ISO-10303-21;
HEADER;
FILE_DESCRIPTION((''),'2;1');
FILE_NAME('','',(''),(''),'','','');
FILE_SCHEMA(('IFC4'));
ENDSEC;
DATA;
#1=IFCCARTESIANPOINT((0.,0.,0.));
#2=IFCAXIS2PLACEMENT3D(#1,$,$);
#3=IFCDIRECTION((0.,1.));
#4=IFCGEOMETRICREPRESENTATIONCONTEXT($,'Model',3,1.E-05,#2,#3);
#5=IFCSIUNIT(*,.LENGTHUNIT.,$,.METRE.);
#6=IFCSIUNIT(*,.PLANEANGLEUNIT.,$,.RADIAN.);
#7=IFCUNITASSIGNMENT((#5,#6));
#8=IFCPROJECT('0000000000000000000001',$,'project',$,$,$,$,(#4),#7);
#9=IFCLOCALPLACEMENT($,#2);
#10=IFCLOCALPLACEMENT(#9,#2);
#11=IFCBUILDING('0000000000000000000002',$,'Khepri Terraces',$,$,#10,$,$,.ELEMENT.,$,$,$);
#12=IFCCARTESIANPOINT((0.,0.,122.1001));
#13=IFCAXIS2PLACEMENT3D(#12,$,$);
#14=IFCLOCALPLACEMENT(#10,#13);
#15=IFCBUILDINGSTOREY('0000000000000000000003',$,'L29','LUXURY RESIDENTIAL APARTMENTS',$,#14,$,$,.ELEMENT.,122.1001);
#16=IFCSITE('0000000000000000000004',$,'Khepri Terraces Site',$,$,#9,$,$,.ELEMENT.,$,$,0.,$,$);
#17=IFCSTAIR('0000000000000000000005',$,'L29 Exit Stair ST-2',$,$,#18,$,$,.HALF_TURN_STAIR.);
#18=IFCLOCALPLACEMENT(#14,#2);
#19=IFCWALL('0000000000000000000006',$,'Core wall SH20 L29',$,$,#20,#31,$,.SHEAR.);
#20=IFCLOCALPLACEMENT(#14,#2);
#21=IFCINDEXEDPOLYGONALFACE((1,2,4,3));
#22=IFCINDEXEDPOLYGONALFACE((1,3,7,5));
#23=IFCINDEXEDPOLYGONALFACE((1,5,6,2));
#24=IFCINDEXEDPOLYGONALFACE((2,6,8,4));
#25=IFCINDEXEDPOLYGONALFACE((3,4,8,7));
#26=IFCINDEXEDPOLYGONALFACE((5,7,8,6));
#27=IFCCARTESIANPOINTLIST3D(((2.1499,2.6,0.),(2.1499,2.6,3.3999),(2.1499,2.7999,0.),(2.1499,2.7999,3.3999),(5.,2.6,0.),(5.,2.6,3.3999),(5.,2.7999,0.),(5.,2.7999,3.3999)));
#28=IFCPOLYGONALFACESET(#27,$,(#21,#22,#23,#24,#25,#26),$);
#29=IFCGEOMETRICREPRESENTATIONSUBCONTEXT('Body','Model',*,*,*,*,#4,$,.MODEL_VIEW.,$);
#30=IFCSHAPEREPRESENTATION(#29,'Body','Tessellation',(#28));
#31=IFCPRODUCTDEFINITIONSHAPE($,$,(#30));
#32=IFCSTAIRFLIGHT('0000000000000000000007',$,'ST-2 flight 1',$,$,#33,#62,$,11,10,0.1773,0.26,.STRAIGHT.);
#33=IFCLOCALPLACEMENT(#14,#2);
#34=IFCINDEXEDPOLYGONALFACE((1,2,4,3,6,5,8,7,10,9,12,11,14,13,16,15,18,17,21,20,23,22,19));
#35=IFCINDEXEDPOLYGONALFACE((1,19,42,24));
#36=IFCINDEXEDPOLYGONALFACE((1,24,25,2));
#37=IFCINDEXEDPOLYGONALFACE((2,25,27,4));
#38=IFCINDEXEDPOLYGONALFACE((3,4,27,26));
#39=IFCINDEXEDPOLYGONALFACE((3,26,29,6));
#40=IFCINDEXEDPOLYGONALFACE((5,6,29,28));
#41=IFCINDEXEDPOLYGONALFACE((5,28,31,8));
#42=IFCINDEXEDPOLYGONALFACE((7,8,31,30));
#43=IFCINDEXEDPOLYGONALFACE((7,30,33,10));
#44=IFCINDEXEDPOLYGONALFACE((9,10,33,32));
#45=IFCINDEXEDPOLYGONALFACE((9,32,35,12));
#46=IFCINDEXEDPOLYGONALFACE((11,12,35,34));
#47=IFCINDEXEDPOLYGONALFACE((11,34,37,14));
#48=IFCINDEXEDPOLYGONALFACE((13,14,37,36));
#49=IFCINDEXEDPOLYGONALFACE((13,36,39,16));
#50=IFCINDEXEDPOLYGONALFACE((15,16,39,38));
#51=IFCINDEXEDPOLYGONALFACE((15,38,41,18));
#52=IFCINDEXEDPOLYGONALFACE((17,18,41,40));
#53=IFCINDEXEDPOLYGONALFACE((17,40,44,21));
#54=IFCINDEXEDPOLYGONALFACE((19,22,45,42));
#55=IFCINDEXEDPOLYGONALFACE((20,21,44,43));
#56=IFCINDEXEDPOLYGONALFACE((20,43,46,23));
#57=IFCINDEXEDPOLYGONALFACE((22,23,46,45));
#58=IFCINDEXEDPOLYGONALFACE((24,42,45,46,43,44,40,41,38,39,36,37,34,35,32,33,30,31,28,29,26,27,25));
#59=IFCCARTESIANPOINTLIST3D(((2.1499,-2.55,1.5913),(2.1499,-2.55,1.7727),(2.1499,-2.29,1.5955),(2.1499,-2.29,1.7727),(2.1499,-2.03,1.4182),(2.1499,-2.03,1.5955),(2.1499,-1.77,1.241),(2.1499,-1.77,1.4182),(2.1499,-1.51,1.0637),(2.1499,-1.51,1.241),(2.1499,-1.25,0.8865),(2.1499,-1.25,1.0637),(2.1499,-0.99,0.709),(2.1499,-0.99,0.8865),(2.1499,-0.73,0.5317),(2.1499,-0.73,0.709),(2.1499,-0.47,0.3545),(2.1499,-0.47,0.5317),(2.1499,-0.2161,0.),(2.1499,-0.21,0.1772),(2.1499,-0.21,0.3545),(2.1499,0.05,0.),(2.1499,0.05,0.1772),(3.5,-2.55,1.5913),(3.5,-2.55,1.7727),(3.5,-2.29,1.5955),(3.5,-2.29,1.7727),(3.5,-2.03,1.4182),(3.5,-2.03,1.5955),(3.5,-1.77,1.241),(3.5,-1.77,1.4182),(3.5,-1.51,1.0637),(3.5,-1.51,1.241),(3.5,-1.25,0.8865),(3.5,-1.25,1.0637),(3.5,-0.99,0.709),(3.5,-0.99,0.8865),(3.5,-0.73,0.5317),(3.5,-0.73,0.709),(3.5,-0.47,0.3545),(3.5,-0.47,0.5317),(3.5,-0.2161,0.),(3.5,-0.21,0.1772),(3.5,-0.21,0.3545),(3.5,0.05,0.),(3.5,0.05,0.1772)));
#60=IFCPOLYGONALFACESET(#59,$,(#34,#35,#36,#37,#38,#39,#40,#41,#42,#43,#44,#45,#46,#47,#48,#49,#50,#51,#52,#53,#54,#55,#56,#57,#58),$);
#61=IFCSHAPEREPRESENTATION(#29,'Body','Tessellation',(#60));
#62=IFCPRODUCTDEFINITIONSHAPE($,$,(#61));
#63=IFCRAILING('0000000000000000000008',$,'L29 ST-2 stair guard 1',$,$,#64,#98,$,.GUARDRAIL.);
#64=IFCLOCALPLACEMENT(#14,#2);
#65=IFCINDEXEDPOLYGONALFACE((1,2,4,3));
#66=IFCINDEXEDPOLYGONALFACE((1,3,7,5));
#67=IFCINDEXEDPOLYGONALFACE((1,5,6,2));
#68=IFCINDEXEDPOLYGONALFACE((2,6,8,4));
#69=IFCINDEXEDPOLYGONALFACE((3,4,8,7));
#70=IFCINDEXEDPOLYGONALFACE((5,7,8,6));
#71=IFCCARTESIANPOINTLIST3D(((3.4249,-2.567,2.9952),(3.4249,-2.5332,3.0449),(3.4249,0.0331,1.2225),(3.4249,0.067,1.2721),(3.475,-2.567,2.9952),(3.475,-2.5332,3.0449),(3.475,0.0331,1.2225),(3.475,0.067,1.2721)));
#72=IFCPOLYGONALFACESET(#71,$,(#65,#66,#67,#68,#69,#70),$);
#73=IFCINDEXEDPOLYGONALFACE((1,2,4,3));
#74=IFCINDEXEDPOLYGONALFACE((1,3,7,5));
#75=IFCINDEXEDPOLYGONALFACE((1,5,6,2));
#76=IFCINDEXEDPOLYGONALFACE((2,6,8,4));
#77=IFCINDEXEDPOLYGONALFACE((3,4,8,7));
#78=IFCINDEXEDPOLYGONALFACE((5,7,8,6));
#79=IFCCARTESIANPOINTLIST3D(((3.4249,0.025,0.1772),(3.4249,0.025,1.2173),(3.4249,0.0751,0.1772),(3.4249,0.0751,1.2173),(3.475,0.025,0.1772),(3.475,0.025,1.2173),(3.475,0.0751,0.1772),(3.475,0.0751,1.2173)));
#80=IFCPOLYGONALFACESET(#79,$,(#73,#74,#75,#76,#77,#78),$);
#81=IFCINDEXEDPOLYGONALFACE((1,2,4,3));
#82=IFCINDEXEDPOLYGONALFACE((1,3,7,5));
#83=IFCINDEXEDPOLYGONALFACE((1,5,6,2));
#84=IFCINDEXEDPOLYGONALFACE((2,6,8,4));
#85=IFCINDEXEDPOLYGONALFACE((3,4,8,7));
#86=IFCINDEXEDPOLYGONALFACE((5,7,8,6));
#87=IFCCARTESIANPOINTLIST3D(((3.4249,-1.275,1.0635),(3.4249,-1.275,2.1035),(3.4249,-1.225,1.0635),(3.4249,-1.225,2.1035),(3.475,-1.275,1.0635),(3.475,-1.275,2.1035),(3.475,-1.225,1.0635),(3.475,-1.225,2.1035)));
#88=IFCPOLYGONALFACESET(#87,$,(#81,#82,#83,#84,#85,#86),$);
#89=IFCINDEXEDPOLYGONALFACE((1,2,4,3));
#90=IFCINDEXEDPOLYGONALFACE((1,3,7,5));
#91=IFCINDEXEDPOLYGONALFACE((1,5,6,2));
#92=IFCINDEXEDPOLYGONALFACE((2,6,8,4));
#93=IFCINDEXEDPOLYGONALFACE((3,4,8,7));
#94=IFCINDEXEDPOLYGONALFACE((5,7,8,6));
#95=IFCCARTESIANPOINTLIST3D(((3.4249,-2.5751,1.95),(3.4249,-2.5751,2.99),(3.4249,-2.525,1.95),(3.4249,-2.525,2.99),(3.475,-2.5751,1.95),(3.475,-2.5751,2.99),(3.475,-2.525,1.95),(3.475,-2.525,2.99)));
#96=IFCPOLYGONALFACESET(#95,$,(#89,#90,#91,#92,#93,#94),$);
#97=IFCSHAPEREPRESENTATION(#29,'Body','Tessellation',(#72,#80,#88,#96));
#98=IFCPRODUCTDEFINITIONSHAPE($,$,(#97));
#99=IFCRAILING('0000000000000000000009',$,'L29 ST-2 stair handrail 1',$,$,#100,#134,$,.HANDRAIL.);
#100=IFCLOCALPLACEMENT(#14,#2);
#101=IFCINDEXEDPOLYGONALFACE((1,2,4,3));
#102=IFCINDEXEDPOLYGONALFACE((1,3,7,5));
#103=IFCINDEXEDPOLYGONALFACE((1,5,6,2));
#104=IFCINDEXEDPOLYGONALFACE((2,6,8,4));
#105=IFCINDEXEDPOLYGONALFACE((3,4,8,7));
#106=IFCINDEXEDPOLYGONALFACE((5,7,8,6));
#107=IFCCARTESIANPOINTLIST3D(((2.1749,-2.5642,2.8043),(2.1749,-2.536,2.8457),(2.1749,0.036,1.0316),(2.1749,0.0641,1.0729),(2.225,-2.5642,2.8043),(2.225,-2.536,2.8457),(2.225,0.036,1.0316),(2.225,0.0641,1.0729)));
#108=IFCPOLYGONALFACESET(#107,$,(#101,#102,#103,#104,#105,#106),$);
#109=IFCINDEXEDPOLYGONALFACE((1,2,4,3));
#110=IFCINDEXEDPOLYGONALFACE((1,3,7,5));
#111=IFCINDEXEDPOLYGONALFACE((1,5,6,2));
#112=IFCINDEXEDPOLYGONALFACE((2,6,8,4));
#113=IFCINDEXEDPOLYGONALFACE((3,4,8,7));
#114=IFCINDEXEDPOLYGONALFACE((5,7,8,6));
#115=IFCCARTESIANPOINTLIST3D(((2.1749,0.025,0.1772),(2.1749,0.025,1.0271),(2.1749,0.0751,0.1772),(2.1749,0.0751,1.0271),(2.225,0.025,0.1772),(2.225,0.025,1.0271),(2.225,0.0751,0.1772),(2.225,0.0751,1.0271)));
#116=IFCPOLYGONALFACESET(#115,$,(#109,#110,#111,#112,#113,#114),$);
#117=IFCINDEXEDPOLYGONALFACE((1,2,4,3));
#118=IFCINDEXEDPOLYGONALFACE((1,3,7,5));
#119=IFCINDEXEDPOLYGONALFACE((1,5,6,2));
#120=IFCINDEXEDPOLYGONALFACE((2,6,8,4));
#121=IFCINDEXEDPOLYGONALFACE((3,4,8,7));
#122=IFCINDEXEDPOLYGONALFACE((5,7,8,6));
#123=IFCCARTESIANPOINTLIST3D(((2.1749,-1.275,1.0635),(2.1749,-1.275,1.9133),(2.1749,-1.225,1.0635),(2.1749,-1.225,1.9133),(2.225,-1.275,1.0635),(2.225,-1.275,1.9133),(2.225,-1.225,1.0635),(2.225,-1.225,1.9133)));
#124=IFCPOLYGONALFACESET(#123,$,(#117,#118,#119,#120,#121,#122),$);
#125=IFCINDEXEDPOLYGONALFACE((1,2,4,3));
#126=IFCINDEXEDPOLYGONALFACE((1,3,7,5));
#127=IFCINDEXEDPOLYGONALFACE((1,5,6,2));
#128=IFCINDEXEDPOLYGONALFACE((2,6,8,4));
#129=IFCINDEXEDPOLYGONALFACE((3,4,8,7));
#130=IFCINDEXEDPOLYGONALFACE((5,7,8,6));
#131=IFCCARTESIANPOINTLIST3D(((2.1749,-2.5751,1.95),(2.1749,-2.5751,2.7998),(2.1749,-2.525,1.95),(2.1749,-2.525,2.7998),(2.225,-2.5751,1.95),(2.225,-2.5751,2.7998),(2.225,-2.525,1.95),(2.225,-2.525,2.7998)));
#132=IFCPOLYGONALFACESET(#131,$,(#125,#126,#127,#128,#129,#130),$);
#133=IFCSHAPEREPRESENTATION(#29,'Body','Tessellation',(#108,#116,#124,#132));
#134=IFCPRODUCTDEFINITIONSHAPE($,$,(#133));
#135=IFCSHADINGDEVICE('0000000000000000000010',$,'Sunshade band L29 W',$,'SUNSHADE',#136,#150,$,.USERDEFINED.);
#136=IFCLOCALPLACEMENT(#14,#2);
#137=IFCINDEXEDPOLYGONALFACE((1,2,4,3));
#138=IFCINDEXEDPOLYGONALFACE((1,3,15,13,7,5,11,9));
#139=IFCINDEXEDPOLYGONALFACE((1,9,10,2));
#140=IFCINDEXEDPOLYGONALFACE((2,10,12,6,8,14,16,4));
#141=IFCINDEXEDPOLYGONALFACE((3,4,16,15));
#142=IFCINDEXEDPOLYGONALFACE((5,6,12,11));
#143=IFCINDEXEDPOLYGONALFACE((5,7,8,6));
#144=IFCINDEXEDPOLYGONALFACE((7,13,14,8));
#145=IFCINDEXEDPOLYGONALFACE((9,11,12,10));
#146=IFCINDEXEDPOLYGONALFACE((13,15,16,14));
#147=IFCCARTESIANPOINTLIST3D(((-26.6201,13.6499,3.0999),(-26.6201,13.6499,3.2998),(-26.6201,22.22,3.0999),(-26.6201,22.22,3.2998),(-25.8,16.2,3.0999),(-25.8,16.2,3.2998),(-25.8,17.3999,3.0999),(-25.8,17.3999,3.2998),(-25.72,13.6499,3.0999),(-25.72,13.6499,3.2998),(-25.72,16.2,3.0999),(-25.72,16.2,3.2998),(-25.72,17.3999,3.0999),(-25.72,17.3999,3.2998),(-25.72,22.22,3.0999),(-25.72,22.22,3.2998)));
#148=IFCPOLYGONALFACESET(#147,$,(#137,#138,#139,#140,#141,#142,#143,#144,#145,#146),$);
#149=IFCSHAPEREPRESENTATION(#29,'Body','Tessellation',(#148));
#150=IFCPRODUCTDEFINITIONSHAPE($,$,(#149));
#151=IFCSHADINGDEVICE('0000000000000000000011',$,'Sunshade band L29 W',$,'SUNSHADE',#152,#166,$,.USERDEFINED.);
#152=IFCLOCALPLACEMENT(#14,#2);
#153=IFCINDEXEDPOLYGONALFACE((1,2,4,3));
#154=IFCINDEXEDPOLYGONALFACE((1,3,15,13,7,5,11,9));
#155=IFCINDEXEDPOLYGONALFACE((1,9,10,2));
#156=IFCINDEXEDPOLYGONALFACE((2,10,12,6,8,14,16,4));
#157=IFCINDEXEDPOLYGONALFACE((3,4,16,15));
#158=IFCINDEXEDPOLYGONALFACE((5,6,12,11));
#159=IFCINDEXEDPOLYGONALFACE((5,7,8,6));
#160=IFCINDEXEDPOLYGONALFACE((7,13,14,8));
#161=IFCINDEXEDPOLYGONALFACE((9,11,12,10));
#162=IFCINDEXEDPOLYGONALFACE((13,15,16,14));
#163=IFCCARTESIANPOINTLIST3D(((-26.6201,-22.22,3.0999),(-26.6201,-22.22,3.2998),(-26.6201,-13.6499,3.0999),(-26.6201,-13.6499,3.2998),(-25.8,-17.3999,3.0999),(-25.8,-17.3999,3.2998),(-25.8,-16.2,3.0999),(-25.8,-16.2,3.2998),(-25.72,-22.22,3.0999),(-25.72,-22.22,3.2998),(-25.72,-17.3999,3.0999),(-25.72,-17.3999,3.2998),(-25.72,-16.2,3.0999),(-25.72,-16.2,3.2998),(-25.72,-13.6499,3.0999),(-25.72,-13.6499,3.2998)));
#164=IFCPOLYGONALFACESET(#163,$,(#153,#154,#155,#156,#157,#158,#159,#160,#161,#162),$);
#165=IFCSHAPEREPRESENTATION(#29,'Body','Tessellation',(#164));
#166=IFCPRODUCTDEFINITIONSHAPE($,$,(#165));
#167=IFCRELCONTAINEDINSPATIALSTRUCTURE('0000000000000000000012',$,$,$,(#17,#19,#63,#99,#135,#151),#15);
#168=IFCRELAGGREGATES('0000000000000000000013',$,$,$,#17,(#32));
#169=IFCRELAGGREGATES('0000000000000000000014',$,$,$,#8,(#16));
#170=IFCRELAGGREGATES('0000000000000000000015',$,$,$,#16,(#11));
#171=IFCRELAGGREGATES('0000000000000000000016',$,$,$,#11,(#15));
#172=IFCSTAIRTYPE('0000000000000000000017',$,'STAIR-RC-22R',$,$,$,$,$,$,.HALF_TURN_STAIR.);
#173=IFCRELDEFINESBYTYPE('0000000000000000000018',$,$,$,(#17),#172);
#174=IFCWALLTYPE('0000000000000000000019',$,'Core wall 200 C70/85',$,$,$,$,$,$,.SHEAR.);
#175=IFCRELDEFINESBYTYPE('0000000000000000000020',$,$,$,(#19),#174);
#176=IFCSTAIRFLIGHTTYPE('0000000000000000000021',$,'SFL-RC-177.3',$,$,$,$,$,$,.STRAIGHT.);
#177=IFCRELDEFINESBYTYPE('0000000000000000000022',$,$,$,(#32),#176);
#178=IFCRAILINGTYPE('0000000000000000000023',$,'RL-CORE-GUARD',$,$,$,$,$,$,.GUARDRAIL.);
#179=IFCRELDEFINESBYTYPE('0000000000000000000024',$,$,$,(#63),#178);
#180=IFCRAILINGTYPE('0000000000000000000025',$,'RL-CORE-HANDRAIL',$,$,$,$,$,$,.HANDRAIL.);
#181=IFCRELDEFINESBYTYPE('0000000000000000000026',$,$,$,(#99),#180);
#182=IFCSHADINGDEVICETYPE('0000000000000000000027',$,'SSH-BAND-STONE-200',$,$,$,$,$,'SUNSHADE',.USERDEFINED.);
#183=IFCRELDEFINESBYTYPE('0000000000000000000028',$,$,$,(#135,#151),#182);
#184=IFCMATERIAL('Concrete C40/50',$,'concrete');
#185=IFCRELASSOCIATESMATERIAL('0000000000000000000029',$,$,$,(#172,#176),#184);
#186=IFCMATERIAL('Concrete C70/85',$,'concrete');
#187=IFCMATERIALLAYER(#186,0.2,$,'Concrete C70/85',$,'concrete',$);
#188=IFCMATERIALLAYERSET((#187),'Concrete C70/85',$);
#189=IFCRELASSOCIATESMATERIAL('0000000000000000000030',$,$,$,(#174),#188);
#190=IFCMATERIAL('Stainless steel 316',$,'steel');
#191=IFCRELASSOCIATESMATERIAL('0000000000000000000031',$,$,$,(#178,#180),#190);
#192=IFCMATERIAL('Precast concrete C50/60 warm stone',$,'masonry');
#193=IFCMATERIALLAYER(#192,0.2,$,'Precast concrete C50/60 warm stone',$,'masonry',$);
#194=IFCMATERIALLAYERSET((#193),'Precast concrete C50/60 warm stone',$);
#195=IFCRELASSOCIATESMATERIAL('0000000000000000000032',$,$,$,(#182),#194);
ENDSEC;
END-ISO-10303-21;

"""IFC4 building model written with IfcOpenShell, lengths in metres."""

from ifc_helpers import new_model, si_unit, direction, frame, frame_2d, origin, origin_2d, place, context, subcontext, project, spatial, polyline, rectangle, outline, extrude, material, layer, layer_set, type_object, element, aggregate, save


model = new_model("IFC4")

# Units and contexts
model_context = context("Model", 3, precision=1e-05, world=origin(), true_north=direction((0.0, 1.0)))
body_context = subcontext(model_context, "Body", "Model", "MODEL_VIEW")
ifc_project = project(units=[si_unit("LENGTHUNIT", "METRE"), si_unit("PLANEANGLEUNIT", "RADIAN")], contexts=[model_context])

# Site, building, storey
site_placement = place(None, origin())
site = spatial("IfcSite", under=ifc_project, at=site_placement, Name="Khepri Terraces Site", CompositionType="ELEMENT", RefElevation=0.0)
building_placement = place(site_placement, origin())
building = spatial("IfcBuilding", under=site, at=building_placement, Name="Khepri Terraces", CompositionType="ELEMENT")
storey_placement = place(building_placement, frame((0.0, 0.0, 122.1001)))
storey = spatial("IfcBuildingStorey", under=building, at=storey_placement, Name="L29", Description="LUXURY RESIDENTIAL APARTMENTS", CompositionType="ELEMENT", Elevation=122.1001)

# Stair
ifc_material_1 = material(Name="Concrete C40/50", Category="concrete")
stair_type = type_object("IfcStairType", Name="STAIR-RC-22R", PredefinedType="HALF_TURN_STAIR", material=ifc_material_1)
stair_1_placement = place(storey_placement, origin())
stair_1 = element("IfcStair", 1, at=stair_1_placement, inside=storey, type_object=stair_type, Name="L29 Exit Stair ST-2", PredefinedType="HALF_TURN_STAIR")

# Shared definitions
ifc_material_2 = material(Name="Concrete C70/85", Category="concrete")
ifc_layer_1 = layer(ifc_material_2, 0.2, Name="Concrete C70/85", Category="concrete")
ifc_layer_set_1 = layer_set([ifc_layer_1], Name="Concrete C70/85")
wall_type = type_object("IfcWallType", Name="Core wall 200 C70/85", PredefinedType="SHEAR", material=ifc_layer_set_1)

# Wall
wall_1_placement = place(storey_placement, frame((2.1499, 2.7, 0.0), z_axis=(0.0, 0.0, 1.0), x_axis=(1.0, 0.0, 0.0)))
element("IfcWall", 2, at=wall_1_placement, inside=storey, type_object=wall_type, Name="Core wall SH20 L29", PredefinedType="SHEAR", context=body_context, shape_type="SweptSolid", body=[
    extrude(rectangle(XDim=2.8501, YDim=0.2, at=frame_2d((1.425, 0.0))), origin(), (0.0, 0.0, 1.0), 3.3999),
])

# Stair flight
stair_flight_type = type_object("IfcStairFlightType", Name="SFL-RC-177.3", PredefinedType="STRAIGHT", material=ifc_material_1)
stair_flight_placement = place(storey_placement, frame((2.825, 0.05, 0.0), z_axis=(0.0, 0.0, 1.0), x_axis=(0.0, -1.0, 0.0)))
stair_flight = element("IfcStairFlight", 3, at=stair_flight_placement, type_object=stair_flight_type, Name="ST-2 flight 1", NumberOfRisers=11, NumberOfTreads=10, PredefinedType="STRAIGHT", RiserHeight=0.1773, TreadLength=0.26, context=body_context, shape_type="SweptSolid", body=[
    extrude(outline(polyline([(0.0, 0.0), (0.0, 0.1772), (0.26, 0.1772), (0.26, 0.3545), (0.52, 0.3545), (0.52, 0.5317), (0.78, 0.5317), (0.78, 0.709), (1.04, 0.709), (1.04, 0.8865), (1.3, 0.8865), (1.3, 1.0637), (1.5601, 1.0637), (1.5601, 1.241), (1.8201, 1.241), (1.8201, 1.4182), (2.0801, 1.4182), (2.0801, 1.5955), (2.3401, 1.5955), (2.3401, 1.7727), (2.6001, 1.7727), (2.6001, 1.95), (2.6001, 1.5913), (0.2661, 0.0), (0.0, 0.0)])), frame((0.0, 0.675, 0.0), z_axis=(0.0, -1.0, 0.0), x_axis=(1.0, 0.0, 0.0)), (0.0, 0.0, 1.0), 1.3501),
])
aggregate(stair_1, [stair_flight])

# Railings
ifc_material_3 = material(Name="Stainless steel 316", Category="steel")
railing_type_1 = type_object("IfcRailingType", Name="RL-CORE-GUARD", PredefinedType="GUARDRAIL", material=ifc_material_3)
railing_1_placement = place(storey_placement, frame((3.45, 0.05, 0.1772)))
element("IfcRailing", 4, at=railing_1_placement, inside=storey, type_object=railing_type_1, Name="L29 ST-2 stair guard 1", PredefinedType="GUARDRAIL", context=body_context, shape_type="SweptSolid", body=[
    extrude(rectangle(XDim=0.05, YDim=0.0601, at=origin_2d()), frame((0.0, 0.0, 1.0701), z_axis=(0.0, -0.82624, 0.563318), x_axis=(1.0, 0.0, 0.0)), (0.0, 0.0, 1.0), 3.147),
    extrude(rectangle(XDim=0.05, YDim=0.05, at=origin_2d()), origin(), (0.0, 0.0, 1.0), 1.04),
    extrude(rectangle(XDim=0.05, YDim=0.05, at=origin_2d()), frame((0.0, -1.3, 0.8862)), (0.0, 0.0, 1.0), 1.04),
    extrude(rectangle(XDim=0.05, YDim=0.05, at=origin_2d()), frame((0.0, -2.6001, 1.7727)), (0.0, 0.0, 1.0), 1.04),
])
railing_type_2 = type_object("IfcRailingType", Name="RL-CORE-HANDRAIL", PredefinedType="HANDRAIL", material=ifc_material_3)
railing_2_placement = place(storey_placement, frame((2.2, 0.05, 0.1772)))
element("IfcRailing", 5, at=railing_2_placement, inside=storey, type_object=railing_type_2, Name="L29 ST-2 stair handrail 1", PredefinedType="HANDRAIL", context=body_context, shape_type="SweptSolid", body=[
    extrude(rectangle(XDim=0.05, YDim=0.05, at=origin_2d()), frame((0.0, 0.0, 0.875), z_axis=(0.0, -0.82624, 0.563318), x_axis=(1.0, 0.0, 0.0)), (0.0, 0.0, 1.0), 3.147),
    extrude(rectangle(XDim=0.05, YDim=0.05, at=origin_2d()), origin(), (0.0, 0.0, 1.0), 0.8499),
    extrude(rectangle(XDim=0.05, YDim=0.05, at=origin_2d()), frame((0.0, -1.3, 0.8862)), (0.0, 0.0, 1.0), 0.8499),
    extrude(rectangle(XDim=0.05, YDim=0.05, at=origin_2d()), frame((0.0, -2.6001, 1.7727)), (0.0, 0.0, 1.0), 0.8499),
])

# Shading devices
ifc_material_4 = material(Name="Precast concrete C50/60 warm stone", Category="masonry")
ifc_layer_2 = layer(ifc_material_4, 0.2, Name="Precast concrete C50/60 warm stone", Category="masonry")
ifc_layer_set_2 = layer_set([ifc_layer_2], Name="Precast concrete C50/60 warm stone")
shading_device_type_1 = type_object("IfcShadingDeviceType", Name="SSH-BAND-STONE-200", ElementType="SUNSHADE", PredefinedType="USERDEFINED", material=ifc_layer_set_2)
shading_device_1_placement = place(storey_placement, frame((0.0, 0.0, 3.0999)))
element("IfcShadingDevice", 6, at=shading_device_1_placement, inside=storey, type_object=shading_device_type_1, Name="Sunshade band L29 W", ObjectType="SUNSHADE", PredefinedType="USERDEFINED", context=body_context, shape_type="SweptSolid", body=[
    extrude(outline(polyline([(-25.72, 17.3999), (-25.72, 22.22), (-26.6201, 22.22), (-26.6201, 13.6499), (-25.72, 13.6499), (-25.72, 16.2), (-25.8, 16.2), (-25.8, 17.3999), (-25.72, 17.3999)])), origin(), (0.0, 0.0, 1.0), 0.2),
])
shading_device_2_placement = place(storey_placement, frame((0.0, 0.0, 3.0999)))
element("IfcShadingDevice", 7, at=shading_device_2_placement, inside=storey, type_object=shading_device_type_1, Name="Sunshade band L29 W", ObjectType="SUNSHADE", PredefinedType="USERDEFINED", context=body_context, shape_type="SweptSolid", body=[
    extrude(outline(polyline([(-25.72, -16.2), (-25.72, -13.6499), (-26.6201, -13.6499), (-26.6201, -22.22), (-25.72, -22.22), (-25.72, -17.3999), (-25.8, -17.3999), (-25.8, -16.2), (-25.72, -16.2)])), origin(), (0.0, 0.0, 1.0), 0.2),
])

save(model, "model.ifc")
